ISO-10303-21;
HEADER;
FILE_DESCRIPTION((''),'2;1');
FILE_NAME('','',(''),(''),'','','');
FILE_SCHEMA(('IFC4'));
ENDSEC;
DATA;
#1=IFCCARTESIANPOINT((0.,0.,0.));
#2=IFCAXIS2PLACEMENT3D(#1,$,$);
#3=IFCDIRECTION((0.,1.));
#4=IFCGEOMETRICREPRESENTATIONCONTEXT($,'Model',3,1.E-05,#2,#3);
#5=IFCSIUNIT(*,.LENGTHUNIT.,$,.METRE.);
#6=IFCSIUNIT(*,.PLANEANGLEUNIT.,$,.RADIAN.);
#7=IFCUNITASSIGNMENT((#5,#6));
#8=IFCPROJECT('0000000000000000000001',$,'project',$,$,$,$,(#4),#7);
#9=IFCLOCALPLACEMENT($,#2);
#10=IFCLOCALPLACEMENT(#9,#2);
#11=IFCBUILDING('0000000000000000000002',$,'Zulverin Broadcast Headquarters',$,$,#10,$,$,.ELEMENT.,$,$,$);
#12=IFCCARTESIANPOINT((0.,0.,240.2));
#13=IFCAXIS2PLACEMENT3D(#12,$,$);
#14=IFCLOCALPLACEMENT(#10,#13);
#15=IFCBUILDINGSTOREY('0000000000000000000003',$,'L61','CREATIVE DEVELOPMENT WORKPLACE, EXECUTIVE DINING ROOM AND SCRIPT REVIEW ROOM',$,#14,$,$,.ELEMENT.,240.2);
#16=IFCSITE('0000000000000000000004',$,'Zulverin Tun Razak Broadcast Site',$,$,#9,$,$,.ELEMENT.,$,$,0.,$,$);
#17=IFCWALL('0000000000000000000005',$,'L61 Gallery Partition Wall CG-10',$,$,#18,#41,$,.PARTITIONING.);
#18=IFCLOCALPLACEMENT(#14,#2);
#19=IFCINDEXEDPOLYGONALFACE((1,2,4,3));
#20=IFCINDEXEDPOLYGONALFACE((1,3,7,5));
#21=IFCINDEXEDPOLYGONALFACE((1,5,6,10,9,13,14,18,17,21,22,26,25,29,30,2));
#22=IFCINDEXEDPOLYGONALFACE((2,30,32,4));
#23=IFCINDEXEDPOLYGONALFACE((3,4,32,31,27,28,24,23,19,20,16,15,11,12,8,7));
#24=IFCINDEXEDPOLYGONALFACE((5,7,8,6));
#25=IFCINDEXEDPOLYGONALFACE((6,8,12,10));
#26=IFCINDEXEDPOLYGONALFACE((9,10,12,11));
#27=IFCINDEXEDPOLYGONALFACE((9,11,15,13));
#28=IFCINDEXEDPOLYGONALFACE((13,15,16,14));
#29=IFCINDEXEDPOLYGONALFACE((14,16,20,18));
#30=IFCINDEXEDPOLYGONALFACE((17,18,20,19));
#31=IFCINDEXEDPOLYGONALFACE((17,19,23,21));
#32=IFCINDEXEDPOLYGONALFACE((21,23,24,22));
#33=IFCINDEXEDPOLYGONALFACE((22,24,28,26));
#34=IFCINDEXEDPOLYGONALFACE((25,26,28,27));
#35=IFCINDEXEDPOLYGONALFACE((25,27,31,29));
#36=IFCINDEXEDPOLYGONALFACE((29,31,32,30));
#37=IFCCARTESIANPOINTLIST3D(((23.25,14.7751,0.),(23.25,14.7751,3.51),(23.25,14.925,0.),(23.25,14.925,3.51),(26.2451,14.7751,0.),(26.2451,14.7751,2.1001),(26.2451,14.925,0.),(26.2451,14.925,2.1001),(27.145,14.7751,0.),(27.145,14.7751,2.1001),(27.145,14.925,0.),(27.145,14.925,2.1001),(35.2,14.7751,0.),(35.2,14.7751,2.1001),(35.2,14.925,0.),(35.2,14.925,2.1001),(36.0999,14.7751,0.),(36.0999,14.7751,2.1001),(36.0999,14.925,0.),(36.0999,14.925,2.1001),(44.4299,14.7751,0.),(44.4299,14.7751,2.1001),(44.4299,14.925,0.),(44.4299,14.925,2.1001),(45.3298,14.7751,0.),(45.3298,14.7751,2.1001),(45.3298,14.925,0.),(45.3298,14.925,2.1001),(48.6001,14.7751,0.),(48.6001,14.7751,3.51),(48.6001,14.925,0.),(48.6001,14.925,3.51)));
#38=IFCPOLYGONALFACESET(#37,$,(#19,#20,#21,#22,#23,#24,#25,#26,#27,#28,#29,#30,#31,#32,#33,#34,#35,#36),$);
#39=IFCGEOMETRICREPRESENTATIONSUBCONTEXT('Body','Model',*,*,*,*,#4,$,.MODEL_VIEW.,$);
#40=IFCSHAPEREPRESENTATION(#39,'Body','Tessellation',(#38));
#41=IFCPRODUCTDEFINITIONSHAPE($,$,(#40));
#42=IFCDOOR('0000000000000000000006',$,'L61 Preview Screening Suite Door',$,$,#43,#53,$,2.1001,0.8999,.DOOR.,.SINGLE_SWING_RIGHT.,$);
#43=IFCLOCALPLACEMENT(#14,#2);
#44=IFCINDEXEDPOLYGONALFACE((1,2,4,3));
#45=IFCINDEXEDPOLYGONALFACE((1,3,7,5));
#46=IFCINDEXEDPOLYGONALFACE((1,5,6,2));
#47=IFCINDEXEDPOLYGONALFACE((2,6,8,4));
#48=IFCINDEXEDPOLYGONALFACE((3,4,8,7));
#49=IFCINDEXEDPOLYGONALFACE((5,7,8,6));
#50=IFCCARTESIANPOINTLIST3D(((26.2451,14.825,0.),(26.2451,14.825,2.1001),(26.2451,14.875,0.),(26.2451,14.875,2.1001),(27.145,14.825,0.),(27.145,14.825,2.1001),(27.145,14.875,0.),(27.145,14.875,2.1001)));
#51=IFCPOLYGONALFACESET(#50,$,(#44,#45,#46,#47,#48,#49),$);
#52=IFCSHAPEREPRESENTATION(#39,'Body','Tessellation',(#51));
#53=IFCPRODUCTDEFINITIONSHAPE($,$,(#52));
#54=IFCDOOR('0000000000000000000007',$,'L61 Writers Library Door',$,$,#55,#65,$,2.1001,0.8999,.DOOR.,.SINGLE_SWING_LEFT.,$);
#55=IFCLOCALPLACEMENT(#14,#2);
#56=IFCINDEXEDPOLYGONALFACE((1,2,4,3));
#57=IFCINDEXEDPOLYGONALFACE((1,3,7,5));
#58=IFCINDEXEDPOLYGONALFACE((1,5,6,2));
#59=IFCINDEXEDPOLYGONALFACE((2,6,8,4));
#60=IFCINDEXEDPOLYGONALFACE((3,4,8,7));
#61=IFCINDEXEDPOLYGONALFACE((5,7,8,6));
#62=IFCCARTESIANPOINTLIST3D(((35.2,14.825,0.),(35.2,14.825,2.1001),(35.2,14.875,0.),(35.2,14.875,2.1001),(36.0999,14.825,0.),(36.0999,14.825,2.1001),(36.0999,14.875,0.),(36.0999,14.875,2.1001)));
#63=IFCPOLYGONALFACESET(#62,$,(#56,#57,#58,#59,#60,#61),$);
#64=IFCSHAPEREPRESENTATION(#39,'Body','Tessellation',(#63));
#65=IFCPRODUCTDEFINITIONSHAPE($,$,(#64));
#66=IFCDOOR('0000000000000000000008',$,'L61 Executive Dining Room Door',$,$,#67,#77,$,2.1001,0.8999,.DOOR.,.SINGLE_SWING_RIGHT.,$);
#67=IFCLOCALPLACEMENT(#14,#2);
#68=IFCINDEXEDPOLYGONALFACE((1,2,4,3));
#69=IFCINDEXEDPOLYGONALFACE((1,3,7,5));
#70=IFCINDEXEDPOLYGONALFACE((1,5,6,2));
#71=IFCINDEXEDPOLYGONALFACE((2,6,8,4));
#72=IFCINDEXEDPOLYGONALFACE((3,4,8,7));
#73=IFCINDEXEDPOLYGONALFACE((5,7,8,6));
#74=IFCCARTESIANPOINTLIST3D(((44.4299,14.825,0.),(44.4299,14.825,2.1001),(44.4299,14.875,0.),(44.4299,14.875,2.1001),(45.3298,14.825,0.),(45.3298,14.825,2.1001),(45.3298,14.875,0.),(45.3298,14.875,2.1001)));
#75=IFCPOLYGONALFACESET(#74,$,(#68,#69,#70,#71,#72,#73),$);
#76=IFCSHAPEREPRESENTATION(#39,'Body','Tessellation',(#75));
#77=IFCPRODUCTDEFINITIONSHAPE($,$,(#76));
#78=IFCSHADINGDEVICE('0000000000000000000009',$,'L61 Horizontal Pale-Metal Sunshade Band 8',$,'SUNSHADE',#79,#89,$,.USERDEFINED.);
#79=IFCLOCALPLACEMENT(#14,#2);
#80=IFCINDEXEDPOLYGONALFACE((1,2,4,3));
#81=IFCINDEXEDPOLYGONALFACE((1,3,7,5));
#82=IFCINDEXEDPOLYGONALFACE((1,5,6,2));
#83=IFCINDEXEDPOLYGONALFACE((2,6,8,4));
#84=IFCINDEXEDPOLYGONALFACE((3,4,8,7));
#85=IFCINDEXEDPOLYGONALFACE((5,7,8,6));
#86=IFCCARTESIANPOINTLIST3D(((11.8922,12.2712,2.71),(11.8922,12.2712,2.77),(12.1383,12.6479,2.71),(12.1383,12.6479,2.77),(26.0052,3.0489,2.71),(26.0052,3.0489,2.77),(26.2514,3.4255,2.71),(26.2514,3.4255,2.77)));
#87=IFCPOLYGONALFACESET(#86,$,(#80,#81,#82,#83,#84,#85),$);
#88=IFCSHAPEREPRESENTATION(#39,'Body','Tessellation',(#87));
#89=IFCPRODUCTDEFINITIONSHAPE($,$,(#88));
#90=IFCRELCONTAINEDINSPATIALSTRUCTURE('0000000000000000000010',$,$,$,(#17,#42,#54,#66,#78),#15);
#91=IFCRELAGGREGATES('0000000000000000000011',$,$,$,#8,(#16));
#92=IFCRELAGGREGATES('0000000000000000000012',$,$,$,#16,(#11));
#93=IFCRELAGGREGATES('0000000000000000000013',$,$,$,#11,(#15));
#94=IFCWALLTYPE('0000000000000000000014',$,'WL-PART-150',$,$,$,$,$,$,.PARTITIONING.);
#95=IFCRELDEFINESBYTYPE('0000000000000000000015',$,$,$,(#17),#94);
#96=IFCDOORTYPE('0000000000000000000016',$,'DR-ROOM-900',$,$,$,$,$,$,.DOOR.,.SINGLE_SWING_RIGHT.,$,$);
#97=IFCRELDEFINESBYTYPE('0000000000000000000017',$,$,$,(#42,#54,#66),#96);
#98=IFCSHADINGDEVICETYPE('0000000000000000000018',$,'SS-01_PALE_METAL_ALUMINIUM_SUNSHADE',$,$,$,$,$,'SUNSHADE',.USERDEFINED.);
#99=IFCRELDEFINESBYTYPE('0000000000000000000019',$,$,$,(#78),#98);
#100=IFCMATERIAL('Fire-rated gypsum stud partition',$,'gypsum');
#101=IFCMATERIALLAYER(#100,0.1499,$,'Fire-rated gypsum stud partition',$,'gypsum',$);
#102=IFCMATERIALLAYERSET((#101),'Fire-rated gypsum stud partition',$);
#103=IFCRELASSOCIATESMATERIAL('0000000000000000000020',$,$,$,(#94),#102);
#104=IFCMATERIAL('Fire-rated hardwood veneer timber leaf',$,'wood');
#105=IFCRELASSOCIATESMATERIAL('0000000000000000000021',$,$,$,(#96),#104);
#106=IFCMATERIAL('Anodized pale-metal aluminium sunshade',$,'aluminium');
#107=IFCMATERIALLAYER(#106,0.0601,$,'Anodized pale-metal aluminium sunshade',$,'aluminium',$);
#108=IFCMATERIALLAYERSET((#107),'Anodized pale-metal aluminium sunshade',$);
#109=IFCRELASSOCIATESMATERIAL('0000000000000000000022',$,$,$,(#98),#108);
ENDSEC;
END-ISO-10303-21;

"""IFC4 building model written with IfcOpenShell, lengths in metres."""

from ifc_helpers import new_model, si_unit, direction, frame, frame_2d, origin, origin_2d, place, context, subcontext, project, spatial, rectangle, extrude, material, layer, layer_set, type_object, element, fill, save


model = new_model("IFC4")

# Units and contexts
model_context = context("Model", 3, precision=1e-05, world=origin(), true_north=direction((0.0, 1.0)))
body_context = subcontext(model_context, "Body", "Model", "MODEL_VIEW")
ifc_project = project(units=[si_unit("LENGTHUNIT", "METRE"), si_unit("PLANEANGLEUNIT", "RADIAN")], contexts=[model_context])

# Site, building, storey
site_placement = place(None, origin())
site = spatial("IfcSite", under=ifc_project, at=site_placement, Name="Zulverin Tun Razak Broadcast Site", CompositionType="ELEMENT", RefElevation=0.0)
building_placement = place(site_placement, origin())
building = spatial("IfcBuilding", under=site, at=building_placement, Name="Zulverin Broadcast Headquarters", CompositionType="ELEMENT")
storey_placement = place(building_placement, frame((0.0, 0.0, 240.2)))
storey = spatial("IfcBuildingStorey", under=building, at=storey_placement, Name="L61", Description="CREATIVE DEVELOPMENT WORKPLACE, EXECUTIVE DINING ROOM AND SCRIPT REVIEW ROOM", CompositionType="ELEMENT", Elevation=240.2)

# Shared definitions
ifc_material_1 = material(Name="Fire-rated gypsum stud partition", Category="gypsum")
ifc_layer_1 = layer(ifc_material_1, 0.1499, Name="Fire-rated gypsum stud partition", Category="gypsum")
ifc_layer_set_1 = layer_set([ifc_layer_1], Name="Fire-rated gypsum stud partition")
wall_type_1 = type_object("IfcWallType", Name="WL-PART-150", PredefinedType="PARTITIONING", material=ifc_layer_set_1)
ifc_material_2 = material(Name="Fire-rated hardwood veneer timber leaf", Category="wood")
door_type_1 = type_object("IfcDoorType", Name="DR-ROOM-900", OperationType="SINGLE_SWING_RIGHT", PredefinedType="DOOR", material=ifc_material_2)

# Wall, openings, doors
wall_1_placement = place(storey_placement, frame((23.25, 14.8501, 0.0), z_axis=(0.0, 0.0, 1.0), x_axis=(1.0, 0.0, 0.0)))
wall_1 = element("IfcWall", 1, at=wall_1_placement, inside=storey, type_object=wall_type_1, Name="L61 Gallery Partition Wall CG-10", PredefinedType="PARTITIONING", context=body_context, shape_type="SweptSolid", body=[
    extrude(rectangle(XDim=25.3501, YDim=0.1499, at=frame_2d((12.675, 0.0))), origin(), (0.0, 0.0, 1.0), 3.51),
])
opening_1_placement = place(wall_1_placement, frame((2.9951, 0.0, 0.0)))
opening_1 = element("IfcOpeningElement", 2, at=opening_1_placement, cuts=wall_1, PredefinedType="OPENING", context=body_context, shape_type="SweptSolid", body=[
    extrude(rectangle(XDim=0.8999, YDim=2.1001, at=frame_2d((0.45, 1.05))), frame((0.0, 0.085, 0.0), z_axis=(0.0, -1.0, 0.0), x_axis=(1.0, 0.0, 0.0)), (0.0, 0.0, 1.0), 0.1699),
])
opening_2_placement = place(wall_1_placement, frame((11.95, 0.0, 0.0)))
opening_2 = element("IfcOpeningElement", 3, at=opening_2_placement, cuts=wall_1, PredefinedType="OPENING", context=body_context, shape_type="SweptSolid", body=[
    extrude(rectangle(XDim=0.8999, YDim=2.1001, at=frame_2d((0.45, 1.05))), frame((0.0, 0.085, 0.0), z_axis=(0.0, -1.0, 0.0), x_axis=(1.0, 0.0, 0.0)), (0.0, 0.0, 1.0), 0.1699),
])
opening_3_placement = place(wall_1_placement, frame((21.1799, 0.0, 0.0)))
opening_3 = element("IfcOpeningElement", 4, at=opening_3_placement, cuts=wall_1, PredefinedType="OPENING", context=body_context, shape_type="SweptSolid", body=[
    extrude(rectangle(XDim=0.8999, YDim=2.1001, at=frame_2d((0.45, 1.05))), frame((0.0, 0.085, 0.0), z_axis=(0.0, -1.0, 0.0), x_axis=(1.0, 0.0, 0.0)), (0.0, 0.0, 1.0), 0.1699),
])
door_1_placement = place(opening_1_placement, origin())
door_1 = element("IfcDoor", 5, at=door_1_placement, inside=storey, type_object=door_type_1, Name="L61 Preview Screening Suite Door", OperationType="SINGLE_SWING_RIGHT", OverallHeight=2.1001, OverallWidth=0.8999, PredefinedType="DOOR", context=body_context, shape_type="SweptSolid", body=[
    extrude(rectangle(XDim=0.8999, YDim=2.1001, at=frame_2d((0.45, 1.05))), frame((0.0, 0.0249, 0.0), z_axis=(0.0, -1.0, 0.0), x_axis=(1.0, 0.0, 0.0)), (0.0, 0.0, 1.0), 0.05),
])
fill(opening_1, door_1)
door_2_placement = place(opening_2_placement, origin())
door_2 = element("IfcDoor", 6, at=door_2_placement, inside=storey, type_object=door_type_1, Name="L61 Writers Library Door", OperationType="SINGLE_SWING_LEFT", OverallHeight=2.1001, OverallWidth=0.8999, PredefinedType="DOOR", context=body_context, shape_type="SweptSolid", body=[
    extrude(rectangle(XDim=0.8999, YDim=2.1001, at=frame_2d((0.45, 1.05))), frame((0.0, 0.0249, 0.0), z_axis=(0.0, -1.0, 0.0), x_axis=(1.0, 0.0, 0.0)), (0.0, 0.0, 1.0), 0.05),
])
fill(opening_2, door_2)
door_3_placement = place(opening_3_placement, origin())
door_3 = element("IfcDoor", 7, at=door_3_placement, inside=storey, type_object=door_type_1, Name="L61 Executive Dining Room Door", OperationType="SINGLE_SWING_RIGHT", OverallHeight=2.1001, OverallWidth=0.8999, PredefinedType="DOOR", context=body_context, shape_type="SweptSolid", body=[
    extrude(rectangle(XDim=0.8999, YDim=2.1001, at=frame_2d((0.45, 1.05))), frame((0.0, 0.0249, 0.0), z_axis=(0.0, -1.0, 0.0), x_axis=(1.0, 0.0, 0.0)), (0.0, 0.0, 1.0), 0.05),
])
fill(opening_3, door_3)

# Shading device
ifc_material_3 = material(Name="Anodized pale-metal aluminium sunshade", Category="aluminium")
ifc_layer_2 = layer(ifc_material_3, 0.0601, Name="Anodized pale-metal aluminium sunshade", Category="aluminium")
ifc_layer_set_2 = layer_set([ifc_layer_2], Name="Anodized pale-metal aluminium sunshade")
shading_device_type = type_object("IfcShadingDeviceType", Name="SS-01_PALE_METAL_ALUMINIUM_SUNSHADE", ElementType="SUNSHADE", PredefinedType="USERDEFINED", material=ifc_layer_set_2)
shading_device_placement = place(storey_placement, frame((19.0718, 7.8484, 2.71), z_axis=(0.0, 0.0, 1.0), x_axis=(0.837116, -0.547026, 0.0)))
element("IfcShadingDevice", 8, at=shading_device_placement, inside=storey, type_object=shading_device_type, Name="L61 Horizontal Pale-Metal Sunshade Band 8", ObjectType="SUNSHADE", PredefinedType="USERDEFINED", context=body_context, shape_type="SweptSolid", body=[
    extrude(rectangle(XDim=16.8591, YDim=0.45, at=origin_2d()), origin(), (0.0, 0.0, 1.0), 0.0601),
])

save(model, "model.ifc")
